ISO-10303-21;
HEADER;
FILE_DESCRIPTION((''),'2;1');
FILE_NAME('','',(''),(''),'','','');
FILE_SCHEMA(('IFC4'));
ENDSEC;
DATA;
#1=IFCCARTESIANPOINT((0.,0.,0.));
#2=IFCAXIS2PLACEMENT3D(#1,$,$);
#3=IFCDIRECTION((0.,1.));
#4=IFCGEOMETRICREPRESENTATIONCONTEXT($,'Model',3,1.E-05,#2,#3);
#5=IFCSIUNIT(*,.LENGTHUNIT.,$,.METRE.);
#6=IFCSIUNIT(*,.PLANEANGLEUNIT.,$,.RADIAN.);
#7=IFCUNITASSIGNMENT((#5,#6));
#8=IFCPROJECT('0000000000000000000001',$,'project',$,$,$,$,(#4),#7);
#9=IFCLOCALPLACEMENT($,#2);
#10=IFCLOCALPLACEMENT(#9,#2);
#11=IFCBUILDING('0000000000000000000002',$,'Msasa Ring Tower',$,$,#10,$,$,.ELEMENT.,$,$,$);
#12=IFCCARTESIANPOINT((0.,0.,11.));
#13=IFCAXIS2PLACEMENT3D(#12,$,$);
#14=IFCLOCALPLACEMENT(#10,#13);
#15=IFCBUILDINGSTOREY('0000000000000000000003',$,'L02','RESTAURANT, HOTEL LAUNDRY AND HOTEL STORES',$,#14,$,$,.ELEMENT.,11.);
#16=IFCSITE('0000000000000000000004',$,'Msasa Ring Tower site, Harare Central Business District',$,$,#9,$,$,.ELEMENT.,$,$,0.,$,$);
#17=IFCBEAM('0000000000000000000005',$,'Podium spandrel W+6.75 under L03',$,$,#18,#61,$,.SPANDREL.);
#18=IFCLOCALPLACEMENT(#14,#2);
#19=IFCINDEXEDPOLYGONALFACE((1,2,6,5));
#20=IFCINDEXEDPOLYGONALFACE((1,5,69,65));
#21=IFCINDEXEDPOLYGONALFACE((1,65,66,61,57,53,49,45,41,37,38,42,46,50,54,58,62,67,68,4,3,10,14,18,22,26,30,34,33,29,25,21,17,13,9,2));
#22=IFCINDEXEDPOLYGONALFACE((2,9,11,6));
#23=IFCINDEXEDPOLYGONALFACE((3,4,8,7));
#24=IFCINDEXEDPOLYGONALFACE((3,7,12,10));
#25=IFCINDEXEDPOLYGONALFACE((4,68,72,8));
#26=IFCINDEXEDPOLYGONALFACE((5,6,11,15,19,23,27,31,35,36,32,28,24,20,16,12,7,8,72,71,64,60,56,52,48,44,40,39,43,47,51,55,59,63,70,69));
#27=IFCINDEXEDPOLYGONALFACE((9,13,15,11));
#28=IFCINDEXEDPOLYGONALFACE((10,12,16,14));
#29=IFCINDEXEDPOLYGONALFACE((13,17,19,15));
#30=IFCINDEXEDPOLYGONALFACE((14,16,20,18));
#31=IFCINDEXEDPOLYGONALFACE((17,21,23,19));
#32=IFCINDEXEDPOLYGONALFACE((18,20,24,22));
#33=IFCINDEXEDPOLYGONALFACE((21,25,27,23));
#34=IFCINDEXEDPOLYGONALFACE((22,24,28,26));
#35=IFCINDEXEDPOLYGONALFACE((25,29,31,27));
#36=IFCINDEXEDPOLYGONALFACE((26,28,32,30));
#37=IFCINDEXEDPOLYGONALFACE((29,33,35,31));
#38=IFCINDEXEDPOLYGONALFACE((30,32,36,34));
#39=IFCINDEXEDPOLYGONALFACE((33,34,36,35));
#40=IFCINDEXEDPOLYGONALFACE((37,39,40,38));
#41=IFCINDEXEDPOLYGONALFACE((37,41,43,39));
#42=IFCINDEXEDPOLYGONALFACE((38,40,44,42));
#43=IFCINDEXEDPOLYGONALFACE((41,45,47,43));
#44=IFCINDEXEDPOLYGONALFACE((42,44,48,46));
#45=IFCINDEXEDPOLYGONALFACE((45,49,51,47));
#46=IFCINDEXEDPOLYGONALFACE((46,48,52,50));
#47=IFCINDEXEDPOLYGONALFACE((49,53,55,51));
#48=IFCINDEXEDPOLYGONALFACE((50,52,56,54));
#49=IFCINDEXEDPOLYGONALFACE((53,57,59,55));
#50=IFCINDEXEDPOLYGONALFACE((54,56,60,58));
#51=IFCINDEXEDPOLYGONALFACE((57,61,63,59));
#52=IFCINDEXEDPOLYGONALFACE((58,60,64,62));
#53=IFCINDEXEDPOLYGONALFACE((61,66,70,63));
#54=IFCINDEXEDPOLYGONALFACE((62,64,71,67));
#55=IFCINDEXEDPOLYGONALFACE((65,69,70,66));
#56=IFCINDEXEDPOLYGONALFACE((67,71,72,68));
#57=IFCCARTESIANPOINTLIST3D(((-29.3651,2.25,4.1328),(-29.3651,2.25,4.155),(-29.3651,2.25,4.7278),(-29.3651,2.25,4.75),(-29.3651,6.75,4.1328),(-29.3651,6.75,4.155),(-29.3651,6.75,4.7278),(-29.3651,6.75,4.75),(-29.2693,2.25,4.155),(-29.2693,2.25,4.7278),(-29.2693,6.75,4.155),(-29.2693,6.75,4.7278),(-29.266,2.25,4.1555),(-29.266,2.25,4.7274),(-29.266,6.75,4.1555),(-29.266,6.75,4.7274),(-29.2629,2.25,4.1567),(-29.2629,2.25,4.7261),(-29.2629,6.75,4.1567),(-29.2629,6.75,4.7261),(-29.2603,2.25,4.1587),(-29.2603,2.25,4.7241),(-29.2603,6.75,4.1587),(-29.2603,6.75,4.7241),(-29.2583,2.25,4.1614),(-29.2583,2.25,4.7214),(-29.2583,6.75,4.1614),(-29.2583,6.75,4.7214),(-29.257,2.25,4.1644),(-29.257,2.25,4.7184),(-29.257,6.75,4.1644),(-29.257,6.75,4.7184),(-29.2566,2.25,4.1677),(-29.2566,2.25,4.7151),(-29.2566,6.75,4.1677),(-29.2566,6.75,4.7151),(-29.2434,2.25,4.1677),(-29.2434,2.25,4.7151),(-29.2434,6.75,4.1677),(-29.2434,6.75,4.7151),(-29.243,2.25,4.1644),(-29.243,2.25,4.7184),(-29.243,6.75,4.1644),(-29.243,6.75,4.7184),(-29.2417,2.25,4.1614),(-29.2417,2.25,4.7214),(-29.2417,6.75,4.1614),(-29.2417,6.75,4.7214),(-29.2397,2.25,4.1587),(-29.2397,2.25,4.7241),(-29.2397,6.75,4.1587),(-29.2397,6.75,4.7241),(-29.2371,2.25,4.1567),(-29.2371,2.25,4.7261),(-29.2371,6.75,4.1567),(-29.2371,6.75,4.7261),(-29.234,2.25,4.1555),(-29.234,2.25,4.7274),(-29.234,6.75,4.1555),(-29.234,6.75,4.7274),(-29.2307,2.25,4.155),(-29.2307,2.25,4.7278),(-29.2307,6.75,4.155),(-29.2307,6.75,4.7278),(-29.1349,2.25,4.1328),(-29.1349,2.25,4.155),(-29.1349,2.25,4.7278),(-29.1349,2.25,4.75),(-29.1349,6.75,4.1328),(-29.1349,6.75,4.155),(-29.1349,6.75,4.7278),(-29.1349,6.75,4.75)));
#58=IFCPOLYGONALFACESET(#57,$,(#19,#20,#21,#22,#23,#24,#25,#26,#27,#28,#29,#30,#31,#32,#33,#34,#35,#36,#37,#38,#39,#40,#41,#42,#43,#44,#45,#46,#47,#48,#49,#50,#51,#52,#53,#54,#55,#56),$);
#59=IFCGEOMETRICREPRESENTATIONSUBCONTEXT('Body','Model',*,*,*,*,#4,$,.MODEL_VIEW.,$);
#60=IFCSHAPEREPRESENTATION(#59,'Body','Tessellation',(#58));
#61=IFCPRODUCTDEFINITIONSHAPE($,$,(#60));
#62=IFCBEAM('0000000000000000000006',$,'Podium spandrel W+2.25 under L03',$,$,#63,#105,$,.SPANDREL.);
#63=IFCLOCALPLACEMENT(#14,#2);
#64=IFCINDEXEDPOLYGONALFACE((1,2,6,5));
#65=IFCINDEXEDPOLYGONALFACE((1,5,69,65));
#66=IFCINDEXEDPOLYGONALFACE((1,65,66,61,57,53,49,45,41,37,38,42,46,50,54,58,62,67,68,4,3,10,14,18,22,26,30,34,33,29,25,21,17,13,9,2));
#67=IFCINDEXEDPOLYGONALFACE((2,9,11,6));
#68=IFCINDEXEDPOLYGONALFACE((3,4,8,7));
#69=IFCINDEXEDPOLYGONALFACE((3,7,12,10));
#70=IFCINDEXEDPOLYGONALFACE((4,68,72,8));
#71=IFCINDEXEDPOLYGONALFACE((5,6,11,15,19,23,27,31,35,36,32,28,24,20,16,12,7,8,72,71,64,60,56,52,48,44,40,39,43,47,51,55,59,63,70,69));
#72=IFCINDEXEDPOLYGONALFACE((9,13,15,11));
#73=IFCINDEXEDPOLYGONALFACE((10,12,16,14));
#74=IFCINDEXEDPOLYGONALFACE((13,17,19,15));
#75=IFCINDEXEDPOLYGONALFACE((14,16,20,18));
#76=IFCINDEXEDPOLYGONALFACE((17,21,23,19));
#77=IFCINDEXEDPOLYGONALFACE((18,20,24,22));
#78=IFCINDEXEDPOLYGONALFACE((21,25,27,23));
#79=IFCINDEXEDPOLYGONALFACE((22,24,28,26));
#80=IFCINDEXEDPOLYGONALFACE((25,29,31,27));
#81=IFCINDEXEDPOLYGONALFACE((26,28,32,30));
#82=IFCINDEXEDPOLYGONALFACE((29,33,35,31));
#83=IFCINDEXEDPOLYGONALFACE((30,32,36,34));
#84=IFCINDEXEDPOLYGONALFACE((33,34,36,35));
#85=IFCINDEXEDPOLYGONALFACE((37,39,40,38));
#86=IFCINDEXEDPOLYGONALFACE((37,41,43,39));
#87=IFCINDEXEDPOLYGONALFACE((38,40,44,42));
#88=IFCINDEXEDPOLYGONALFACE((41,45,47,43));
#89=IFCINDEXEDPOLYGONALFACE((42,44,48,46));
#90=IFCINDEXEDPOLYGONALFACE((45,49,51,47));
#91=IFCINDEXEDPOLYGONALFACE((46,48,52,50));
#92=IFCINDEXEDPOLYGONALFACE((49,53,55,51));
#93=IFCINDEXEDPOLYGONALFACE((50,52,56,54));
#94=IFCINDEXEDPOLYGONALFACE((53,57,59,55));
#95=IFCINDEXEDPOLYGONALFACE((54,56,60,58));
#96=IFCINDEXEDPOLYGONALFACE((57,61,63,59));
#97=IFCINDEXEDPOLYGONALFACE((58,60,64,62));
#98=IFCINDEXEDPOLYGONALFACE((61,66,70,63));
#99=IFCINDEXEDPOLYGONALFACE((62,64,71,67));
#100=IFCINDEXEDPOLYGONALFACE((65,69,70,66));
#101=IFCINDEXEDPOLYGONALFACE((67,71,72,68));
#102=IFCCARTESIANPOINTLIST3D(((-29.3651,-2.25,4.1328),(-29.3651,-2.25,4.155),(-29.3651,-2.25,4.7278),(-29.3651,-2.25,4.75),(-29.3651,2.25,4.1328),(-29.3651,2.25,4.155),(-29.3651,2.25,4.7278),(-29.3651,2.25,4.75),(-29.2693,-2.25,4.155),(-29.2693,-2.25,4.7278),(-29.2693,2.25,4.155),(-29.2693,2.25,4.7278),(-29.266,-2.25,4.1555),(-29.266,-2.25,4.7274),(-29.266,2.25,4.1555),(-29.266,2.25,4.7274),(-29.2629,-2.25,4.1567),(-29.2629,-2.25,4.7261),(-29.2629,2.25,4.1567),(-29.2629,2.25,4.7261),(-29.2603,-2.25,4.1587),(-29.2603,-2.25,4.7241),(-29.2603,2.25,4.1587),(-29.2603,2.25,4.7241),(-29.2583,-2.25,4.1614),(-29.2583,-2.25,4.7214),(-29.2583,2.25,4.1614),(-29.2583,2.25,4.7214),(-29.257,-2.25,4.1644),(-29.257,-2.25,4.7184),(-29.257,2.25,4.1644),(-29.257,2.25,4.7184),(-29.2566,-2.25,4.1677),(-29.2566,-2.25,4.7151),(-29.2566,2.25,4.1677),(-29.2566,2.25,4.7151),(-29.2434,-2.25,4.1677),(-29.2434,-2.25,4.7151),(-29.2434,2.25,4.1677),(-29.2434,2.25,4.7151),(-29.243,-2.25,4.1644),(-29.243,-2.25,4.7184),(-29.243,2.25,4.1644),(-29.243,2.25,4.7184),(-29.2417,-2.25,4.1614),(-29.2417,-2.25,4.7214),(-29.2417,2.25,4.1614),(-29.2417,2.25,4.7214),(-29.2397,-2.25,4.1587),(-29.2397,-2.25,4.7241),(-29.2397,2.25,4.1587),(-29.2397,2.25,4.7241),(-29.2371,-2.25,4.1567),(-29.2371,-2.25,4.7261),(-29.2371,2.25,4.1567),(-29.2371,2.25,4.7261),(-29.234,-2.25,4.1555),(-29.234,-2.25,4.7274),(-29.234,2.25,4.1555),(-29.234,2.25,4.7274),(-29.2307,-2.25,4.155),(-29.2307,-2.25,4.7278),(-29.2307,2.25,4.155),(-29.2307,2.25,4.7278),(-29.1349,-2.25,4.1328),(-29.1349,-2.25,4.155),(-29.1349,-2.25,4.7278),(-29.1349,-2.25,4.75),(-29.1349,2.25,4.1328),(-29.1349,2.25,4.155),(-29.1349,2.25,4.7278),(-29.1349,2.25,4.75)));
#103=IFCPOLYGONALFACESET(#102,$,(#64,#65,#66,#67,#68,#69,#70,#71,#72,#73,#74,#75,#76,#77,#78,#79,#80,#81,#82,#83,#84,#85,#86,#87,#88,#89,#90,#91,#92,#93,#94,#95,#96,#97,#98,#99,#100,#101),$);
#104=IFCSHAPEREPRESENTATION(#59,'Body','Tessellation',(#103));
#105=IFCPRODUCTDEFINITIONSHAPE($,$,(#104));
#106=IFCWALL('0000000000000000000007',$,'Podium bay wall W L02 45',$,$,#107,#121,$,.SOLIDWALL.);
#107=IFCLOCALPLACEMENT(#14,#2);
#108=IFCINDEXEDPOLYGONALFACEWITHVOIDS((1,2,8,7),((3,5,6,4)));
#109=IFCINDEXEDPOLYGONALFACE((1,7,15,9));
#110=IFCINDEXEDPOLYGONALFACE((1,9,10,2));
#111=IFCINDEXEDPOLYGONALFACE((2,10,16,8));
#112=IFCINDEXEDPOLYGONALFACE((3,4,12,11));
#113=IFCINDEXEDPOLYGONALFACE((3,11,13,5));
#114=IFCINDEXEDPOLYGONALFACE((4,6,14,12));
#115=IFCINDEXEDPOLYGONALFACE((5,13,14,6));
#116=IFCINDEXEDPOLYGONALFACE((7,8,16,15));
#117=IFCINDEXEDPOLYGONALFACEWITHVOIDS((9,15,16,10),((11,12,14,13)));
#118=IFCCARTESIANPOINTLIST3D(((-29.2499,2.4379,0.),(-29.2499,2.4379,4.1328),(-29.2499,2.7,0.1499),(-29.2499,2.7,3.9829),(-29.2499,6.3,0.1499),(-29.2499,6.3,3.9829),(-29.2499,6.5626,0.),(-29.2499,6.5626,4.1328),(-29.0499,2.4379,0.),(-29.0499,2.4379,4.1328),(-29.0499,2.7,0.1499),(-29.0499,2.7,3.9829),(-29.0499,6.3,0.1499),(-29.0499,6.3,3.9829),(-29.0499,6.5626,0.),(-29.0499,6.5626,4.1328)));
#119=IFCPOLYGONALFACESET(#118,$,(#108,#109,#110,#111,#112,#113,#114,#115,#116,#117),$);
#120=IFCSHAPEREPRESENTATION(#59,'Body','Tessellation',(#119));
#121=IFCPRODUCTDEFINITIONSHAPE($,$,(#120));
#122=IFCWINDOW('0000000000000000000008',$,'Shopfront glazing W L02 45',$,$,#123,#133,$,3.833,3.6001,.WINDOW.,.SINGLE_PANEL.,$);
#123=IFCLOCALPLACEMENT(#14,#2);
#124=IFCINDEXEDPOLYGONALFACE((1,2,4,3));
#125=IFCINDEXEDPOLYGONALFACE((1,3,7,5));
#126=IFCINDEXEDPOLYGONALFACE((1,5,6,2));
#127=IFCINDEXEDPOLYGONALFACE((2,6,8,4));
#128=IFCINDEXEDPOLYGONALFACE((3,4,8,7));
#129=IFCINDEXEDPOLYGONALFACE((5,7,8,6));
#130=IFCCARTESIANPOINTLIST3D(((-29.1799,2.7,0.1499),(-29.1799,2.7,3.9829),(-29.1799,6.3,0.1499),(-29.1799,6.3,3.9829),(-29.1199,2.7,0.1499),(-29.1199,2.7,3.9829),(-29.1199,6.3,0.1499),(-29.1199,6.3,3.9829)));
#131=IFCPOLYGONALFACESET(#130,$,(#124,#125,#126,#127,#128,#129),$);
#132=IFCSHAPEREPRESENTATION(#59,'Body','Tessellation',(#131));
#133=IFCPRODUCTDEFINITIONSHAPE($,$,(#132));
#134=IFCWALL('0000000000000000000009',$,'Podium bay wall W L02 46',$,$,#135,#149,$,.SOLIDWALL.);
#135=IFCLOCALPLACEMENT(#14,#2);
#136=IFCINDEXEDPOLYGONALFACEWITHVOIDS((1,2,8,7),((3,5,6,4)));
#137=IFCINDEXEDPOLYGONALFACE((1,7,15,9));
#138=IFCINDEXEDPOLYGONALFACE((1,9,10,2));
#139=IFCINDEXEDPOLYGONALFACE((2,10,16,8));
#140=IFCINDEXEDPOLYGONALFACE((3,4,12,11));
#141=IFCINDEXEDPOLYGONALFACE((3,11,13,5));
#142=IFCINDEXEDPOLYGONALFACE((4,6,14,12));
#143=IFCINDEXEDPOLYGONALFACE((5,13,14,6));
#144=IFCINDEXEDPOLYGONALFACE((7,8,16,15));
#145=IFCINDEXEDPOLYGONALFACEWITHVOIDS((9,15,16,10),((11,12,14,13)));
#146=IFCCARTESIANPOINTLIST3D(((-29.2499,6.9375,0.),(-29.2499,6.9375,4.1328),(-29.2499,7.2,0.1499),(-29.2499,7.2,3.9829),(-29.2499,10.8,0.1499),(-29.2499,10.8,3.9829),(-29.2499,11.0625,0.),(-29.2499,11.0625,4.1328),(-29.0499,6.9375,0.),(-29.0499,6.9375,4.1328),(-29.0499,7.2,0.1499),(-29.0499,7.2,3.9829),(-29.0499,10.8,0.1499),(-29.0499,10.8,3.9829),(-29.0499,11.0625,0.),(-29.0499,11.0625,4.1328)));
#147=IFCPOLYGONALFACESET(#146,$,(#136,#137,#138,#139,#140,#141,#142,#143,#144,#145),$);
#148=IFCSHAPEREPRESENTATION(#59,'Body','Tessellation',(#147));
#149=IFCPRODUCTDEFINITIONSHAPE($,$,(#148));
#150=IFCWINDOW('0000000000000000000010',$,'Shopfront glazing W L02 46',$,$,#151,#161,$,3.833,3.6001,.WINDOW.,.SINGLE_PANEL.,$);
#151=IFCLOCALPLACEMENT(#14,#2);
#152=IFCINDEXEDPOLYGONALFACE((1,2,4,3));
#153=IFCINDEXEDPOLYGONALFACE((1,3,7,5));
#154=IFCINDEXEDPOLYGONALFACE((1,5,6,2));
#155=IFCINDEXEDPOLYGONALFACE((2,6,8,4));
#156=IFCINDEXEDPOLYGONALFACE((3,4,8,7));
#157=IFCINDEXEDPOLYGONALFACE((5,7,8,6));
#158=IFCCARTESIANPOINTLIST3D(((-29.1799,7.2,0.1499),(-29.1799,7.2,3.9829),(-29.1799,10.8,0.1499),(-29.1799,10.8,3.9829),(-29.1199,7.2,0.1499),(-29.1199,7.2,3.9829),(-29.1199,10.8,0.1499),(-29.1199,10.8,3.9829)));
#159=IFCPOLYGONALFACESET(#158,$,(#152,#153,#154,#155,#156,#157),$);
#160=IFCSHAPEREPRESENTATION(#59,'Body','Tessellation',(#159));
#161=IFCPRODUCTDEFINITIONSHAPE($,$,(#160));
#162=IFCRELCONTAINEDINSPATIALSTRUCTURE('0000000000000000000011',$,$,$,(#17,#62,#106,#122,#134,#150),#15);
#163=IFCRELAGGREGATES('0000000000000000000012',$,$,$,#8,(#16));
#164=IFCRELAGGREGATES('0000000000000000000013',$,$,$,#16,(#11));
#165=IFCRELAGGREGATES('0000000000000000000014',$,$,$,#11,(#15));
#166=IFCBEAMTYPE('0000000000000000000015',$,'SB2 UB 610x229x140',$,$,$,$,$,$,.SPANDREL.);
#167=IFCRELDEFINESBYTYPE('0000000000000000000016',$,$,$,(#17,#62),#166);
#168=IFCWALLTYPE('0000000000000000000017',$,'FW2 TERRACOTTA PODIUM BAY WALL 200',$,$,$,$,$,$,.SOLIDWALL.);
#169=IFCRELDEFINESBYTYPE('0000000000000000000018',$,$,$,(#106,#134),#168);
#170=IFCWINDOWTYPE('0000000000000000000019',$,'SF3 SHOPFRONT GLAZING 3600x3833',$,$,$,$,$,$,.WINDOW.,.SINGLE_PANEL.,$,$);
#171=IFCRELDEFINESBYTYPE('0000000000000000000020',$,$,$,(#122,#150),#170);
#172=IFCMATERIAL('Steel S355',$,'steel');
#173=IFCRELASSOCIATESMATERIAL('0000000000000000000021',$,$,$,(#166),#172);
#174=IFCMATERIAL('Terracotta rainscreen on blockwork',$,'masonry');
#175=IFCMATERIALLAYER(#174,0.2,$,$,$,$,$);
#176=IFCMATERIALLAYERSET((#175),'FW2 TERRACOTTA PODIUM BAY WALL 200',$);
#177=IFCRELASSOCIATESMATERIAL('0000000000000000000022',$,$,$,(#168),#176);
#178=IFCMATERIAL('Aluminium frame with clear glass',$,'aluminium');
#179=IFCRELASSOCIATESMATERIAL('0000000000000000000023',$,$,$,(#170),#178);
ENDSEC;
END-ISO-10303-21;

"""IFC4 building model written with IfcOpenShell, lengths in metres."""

from ifc_helpers import new_model, si_unit, direction, frame, frame_2d, origin, origin_2d, place, context, subcontext, project, spatial, rectangle, i_section, extrude, material, layer, layer_set, material_profile, profile_set, type_object, element, fill, save


model = new_model("IFC4")

# Units and contexts
model_context = context("Model", 3, precision=1e-05, world=origin(), true_north=direction((0.0, 1.0)))
body_context = subcontext(model_context, "Body", "Model", "MODEL_VIEW")
ifc_project = project(units=[si_unit("LENGTHUNIT", "METRE"), si_unit("PLANEANGLEUNIT", "RADIAN")], contexts=[model_context])

# Site, building, storey
site_placement = place(None, origin())
site = spatial("IfcSite", under=ifc_project, at=site_placement, Name="Msasa Ring Tower site, Harare Central Business District", CompositionType="ELEMENT", RefElevation=0.0)
building_placement = place(site_placement, origin())
building = spatial("IfcBuilding", under=site, at=building_placement, Name="Msasa Ring Tower", CompositionType="ELEMENT")
storey_placement = place(building_placement, frame((0.0, 0.0, 11.0)))
storey = spatial("IfcBuildingStorey", under=building, at=storey_placement, Name="L02", Description="RESTAURANT, HOTEL LAUNDRY AND HOTEL STORES", CompositionType="ELEMENT", Elevation=11.0)

# Beams
ifc_material_1 = material(Name="Steel S355", Category="steel")
ifc_material_profile_1 = material_profile(ifc_material_1, i_section(OverallWidth=0.2302, OverallDepth=0.6172, WebThickness=0.0132, FlangeThickness=0.0222, FilletRadius=0.0127, at=origin_2d()), Name="UB 610x229x140")
ifc_profile_set_1 = profile_set([ifc_material_profile_1], Name="Steel S355")
beam_type_1 = type_object("IfcBeamType", Name="SB2 UB 610x229x140", PredefinedType="SPANDREL", material=ifc_profile_set_1)
for number, where, z_axis, x_axis, name in (
    (1, (-29.25, 6.75, 4.4414), (0.0, -1.0, 0.0), (1.0, 0.0, 0.0), "Podium spandrel W+6.75 under L03"),
    (2, (-29.25, 2.25, 4.4414), (0.0, -1.0, 0.0), (1.0, 0.0, 0.0), "Podium spandrel W+2.25 under L03"),
):
    element("IfcBeam", number, at=place(storey_placement, frame(where, z_axis=z_axis, x_axis=x_axis)), inside=storey, type_object=beam_type_1, Name=name, PredefinedType="SPANDREL", context=body_context, shape_type="SweptSolid", body=[
        extrude(i_section(OverallWidth=0.2302, OverallDepth=0.6172, WebThickness=0.0132, FlangeThickness=0.0222, FilletRadius=0.0127, at=origin_2d()), origin(), (0.0, 0.0, 1.0), 4.5),
    ])

# Walls, openings, windows
ifc_material_2 = material(Name="Terracotta rainscreen on blockwork", Category="masonry")
ifc_layer_1 = layer(ifc_material_2, 0.2)
ifc_layer_set_1 = layer_set([ifc_layer_1], Name="FW2 TERRACOTTA PODIUM BAY WALL 200")
wall_type_1 = type_object("IfcWallType", Name="FW2 TERRACOTTA PODIUM BAY WALL 200", PredefinedType="SOLIDWALL", material=ifc_layer_set_1)
wall_1_placement = place(storey_placement, frame((-29.1499, 2.4377, 0.0), z_axis=(0.0, 0.0, 1.0), x_axis=(0.0, 1.0, 0.0)))
wall_1 = element("IfcWall", 3, at=wall_1_placement, inside=storey, type_object=wall_type_1, Name="Podium bay wall W L02 45", PredefinedType="SOLIDWALL", context=body_context, shape_type="SweptSolid", body=[
    extrude(rectangle(XDim=4.1248, YDim=0.2, at=frame_2d((2.0625, 0.0))), origin(), (0.0, 0.0, 1.0), 4.1328),
])
opening_1_placement = place(wall_1_placement, frame((0.2622, 0.0, 0.1499)))
opening_1 = element("IfcOpeningElement", 4, at=opening_1_placement, cuts=wall_1, PredefinedType="OPENING", context=body_context, shape_type="SweptSolid", body=[
    extrude(rectangle(XDim=3.6001, YDim=3.833, at=frame_2d((1.8, 1.9165))), frame((0.0, 0.1099, 0.0), z_axis=(0.0, -1.0, 0.0), x_axis=(1.0, 0.0, 0.0)), (0.0, 0.0, 1.0), 0.22),
])
ifc_material_3 = material(Name="Aluminium frame with clear glass", Category="aluminium")
window_type = type_object("IfcWindowType", Name="SF3 SHOPFRONT GLAZING 3600x3833", PartitioningType="SINGLE_PANEL", PredefinedType="WINDOW", material=ifc_material_3)
window_1_placement = place(opening_1_placement, origin())
window_1 = element("IfcWindow", 5, at=window_1_placement, inside=storey, type_object=window_type, Name="Shopfront glazing W L02 45", OverallHeight=3.833, OverallWidth=3.6001, PartitioningType="SINGLE_PANEL", PredefinedType="WINDOW", context=body_context, shape_type="SweptSolid", body=[
    extrude(rectangle(XDim=3.6001, YDim=3.833, at=frame_2d((1.8, 1.9165))), frame((0.0, 0.03, 0.0), z_axis=(0.0, -1.0, 0.0), x_axis=(1.0, 0.0, 0.0)), (0.0, 0.0, 1.0), 0.0601),
])
fill(opening_1, window_1)
wall_2_placement = place(storey_placement, frame((-29.1499, 6.9375, 0.0), z_axis=(0.0, 0.0, 1.0), x_axis=(0.0, 1.0, 0.0)))
wall_2 = element("IfcWall", 6, at=wall_2_placement, inside=storey, type_object=wall_type_1, Name="Podium bay wall W L02 46", PredefinedType="SOLIDWALL", context=body_context, shape_type="SweptSolid", body=[
    extrude(rectangle(XDim=4.125, YDim=0.2, at=frame_2d((2.0625, 0.0))), origin(), (0.0, 0.0, 1.0), 4.1328),
])
opening_2_placement = place(wall_2_placement, frame((0.2625, 0.0, 0.1499)))
opening_2 = element("IfcOpeningElement", 7, at=opening_2_placement, cuts=wall_2, PredefinedType="OPENING", context=body_context, shape_type="SweptSolid", body=[
    extrude(rectangle(XDim=3.6001, YDim=3.833, at=frame_2d((1.8, 1.9165))), frame((0.0, 0.1099, 0.0), z_axis=(0.0, -1.0, 0.0), x_axis=(1.0, 0.0, 0.0)), (0.0, 0.0, 1.0), 0.22),
])
window_2_placement = place(opening_2_placement, origin())
window_2 = element("IfcWindow", 8, at=window_2_placement, inside=storey, type_object=window_type, Name="Shopfront glazing W L02 46", OverallHeight=3.833, OverallWidth=3.6001, PartitioningType="SINGLE_PANEL", PredefinedType="WINDOW", context=body_context, shape_type="SweptSolid", body=[
    extrude(rectangle(XDim=3.6001, YDim=3.833, at=frame_2d((1.8, 1.9165))), frame((0.0, 0.03, 0.0), z_axis=(0.0, -1.0, 0.0), x_axis=(1.0, 0.0, 0.0)), (0.0, 0.0, 1.0), 0.0601),
])
fill(opening_2, window_2)

save(model, "model.ifc")
